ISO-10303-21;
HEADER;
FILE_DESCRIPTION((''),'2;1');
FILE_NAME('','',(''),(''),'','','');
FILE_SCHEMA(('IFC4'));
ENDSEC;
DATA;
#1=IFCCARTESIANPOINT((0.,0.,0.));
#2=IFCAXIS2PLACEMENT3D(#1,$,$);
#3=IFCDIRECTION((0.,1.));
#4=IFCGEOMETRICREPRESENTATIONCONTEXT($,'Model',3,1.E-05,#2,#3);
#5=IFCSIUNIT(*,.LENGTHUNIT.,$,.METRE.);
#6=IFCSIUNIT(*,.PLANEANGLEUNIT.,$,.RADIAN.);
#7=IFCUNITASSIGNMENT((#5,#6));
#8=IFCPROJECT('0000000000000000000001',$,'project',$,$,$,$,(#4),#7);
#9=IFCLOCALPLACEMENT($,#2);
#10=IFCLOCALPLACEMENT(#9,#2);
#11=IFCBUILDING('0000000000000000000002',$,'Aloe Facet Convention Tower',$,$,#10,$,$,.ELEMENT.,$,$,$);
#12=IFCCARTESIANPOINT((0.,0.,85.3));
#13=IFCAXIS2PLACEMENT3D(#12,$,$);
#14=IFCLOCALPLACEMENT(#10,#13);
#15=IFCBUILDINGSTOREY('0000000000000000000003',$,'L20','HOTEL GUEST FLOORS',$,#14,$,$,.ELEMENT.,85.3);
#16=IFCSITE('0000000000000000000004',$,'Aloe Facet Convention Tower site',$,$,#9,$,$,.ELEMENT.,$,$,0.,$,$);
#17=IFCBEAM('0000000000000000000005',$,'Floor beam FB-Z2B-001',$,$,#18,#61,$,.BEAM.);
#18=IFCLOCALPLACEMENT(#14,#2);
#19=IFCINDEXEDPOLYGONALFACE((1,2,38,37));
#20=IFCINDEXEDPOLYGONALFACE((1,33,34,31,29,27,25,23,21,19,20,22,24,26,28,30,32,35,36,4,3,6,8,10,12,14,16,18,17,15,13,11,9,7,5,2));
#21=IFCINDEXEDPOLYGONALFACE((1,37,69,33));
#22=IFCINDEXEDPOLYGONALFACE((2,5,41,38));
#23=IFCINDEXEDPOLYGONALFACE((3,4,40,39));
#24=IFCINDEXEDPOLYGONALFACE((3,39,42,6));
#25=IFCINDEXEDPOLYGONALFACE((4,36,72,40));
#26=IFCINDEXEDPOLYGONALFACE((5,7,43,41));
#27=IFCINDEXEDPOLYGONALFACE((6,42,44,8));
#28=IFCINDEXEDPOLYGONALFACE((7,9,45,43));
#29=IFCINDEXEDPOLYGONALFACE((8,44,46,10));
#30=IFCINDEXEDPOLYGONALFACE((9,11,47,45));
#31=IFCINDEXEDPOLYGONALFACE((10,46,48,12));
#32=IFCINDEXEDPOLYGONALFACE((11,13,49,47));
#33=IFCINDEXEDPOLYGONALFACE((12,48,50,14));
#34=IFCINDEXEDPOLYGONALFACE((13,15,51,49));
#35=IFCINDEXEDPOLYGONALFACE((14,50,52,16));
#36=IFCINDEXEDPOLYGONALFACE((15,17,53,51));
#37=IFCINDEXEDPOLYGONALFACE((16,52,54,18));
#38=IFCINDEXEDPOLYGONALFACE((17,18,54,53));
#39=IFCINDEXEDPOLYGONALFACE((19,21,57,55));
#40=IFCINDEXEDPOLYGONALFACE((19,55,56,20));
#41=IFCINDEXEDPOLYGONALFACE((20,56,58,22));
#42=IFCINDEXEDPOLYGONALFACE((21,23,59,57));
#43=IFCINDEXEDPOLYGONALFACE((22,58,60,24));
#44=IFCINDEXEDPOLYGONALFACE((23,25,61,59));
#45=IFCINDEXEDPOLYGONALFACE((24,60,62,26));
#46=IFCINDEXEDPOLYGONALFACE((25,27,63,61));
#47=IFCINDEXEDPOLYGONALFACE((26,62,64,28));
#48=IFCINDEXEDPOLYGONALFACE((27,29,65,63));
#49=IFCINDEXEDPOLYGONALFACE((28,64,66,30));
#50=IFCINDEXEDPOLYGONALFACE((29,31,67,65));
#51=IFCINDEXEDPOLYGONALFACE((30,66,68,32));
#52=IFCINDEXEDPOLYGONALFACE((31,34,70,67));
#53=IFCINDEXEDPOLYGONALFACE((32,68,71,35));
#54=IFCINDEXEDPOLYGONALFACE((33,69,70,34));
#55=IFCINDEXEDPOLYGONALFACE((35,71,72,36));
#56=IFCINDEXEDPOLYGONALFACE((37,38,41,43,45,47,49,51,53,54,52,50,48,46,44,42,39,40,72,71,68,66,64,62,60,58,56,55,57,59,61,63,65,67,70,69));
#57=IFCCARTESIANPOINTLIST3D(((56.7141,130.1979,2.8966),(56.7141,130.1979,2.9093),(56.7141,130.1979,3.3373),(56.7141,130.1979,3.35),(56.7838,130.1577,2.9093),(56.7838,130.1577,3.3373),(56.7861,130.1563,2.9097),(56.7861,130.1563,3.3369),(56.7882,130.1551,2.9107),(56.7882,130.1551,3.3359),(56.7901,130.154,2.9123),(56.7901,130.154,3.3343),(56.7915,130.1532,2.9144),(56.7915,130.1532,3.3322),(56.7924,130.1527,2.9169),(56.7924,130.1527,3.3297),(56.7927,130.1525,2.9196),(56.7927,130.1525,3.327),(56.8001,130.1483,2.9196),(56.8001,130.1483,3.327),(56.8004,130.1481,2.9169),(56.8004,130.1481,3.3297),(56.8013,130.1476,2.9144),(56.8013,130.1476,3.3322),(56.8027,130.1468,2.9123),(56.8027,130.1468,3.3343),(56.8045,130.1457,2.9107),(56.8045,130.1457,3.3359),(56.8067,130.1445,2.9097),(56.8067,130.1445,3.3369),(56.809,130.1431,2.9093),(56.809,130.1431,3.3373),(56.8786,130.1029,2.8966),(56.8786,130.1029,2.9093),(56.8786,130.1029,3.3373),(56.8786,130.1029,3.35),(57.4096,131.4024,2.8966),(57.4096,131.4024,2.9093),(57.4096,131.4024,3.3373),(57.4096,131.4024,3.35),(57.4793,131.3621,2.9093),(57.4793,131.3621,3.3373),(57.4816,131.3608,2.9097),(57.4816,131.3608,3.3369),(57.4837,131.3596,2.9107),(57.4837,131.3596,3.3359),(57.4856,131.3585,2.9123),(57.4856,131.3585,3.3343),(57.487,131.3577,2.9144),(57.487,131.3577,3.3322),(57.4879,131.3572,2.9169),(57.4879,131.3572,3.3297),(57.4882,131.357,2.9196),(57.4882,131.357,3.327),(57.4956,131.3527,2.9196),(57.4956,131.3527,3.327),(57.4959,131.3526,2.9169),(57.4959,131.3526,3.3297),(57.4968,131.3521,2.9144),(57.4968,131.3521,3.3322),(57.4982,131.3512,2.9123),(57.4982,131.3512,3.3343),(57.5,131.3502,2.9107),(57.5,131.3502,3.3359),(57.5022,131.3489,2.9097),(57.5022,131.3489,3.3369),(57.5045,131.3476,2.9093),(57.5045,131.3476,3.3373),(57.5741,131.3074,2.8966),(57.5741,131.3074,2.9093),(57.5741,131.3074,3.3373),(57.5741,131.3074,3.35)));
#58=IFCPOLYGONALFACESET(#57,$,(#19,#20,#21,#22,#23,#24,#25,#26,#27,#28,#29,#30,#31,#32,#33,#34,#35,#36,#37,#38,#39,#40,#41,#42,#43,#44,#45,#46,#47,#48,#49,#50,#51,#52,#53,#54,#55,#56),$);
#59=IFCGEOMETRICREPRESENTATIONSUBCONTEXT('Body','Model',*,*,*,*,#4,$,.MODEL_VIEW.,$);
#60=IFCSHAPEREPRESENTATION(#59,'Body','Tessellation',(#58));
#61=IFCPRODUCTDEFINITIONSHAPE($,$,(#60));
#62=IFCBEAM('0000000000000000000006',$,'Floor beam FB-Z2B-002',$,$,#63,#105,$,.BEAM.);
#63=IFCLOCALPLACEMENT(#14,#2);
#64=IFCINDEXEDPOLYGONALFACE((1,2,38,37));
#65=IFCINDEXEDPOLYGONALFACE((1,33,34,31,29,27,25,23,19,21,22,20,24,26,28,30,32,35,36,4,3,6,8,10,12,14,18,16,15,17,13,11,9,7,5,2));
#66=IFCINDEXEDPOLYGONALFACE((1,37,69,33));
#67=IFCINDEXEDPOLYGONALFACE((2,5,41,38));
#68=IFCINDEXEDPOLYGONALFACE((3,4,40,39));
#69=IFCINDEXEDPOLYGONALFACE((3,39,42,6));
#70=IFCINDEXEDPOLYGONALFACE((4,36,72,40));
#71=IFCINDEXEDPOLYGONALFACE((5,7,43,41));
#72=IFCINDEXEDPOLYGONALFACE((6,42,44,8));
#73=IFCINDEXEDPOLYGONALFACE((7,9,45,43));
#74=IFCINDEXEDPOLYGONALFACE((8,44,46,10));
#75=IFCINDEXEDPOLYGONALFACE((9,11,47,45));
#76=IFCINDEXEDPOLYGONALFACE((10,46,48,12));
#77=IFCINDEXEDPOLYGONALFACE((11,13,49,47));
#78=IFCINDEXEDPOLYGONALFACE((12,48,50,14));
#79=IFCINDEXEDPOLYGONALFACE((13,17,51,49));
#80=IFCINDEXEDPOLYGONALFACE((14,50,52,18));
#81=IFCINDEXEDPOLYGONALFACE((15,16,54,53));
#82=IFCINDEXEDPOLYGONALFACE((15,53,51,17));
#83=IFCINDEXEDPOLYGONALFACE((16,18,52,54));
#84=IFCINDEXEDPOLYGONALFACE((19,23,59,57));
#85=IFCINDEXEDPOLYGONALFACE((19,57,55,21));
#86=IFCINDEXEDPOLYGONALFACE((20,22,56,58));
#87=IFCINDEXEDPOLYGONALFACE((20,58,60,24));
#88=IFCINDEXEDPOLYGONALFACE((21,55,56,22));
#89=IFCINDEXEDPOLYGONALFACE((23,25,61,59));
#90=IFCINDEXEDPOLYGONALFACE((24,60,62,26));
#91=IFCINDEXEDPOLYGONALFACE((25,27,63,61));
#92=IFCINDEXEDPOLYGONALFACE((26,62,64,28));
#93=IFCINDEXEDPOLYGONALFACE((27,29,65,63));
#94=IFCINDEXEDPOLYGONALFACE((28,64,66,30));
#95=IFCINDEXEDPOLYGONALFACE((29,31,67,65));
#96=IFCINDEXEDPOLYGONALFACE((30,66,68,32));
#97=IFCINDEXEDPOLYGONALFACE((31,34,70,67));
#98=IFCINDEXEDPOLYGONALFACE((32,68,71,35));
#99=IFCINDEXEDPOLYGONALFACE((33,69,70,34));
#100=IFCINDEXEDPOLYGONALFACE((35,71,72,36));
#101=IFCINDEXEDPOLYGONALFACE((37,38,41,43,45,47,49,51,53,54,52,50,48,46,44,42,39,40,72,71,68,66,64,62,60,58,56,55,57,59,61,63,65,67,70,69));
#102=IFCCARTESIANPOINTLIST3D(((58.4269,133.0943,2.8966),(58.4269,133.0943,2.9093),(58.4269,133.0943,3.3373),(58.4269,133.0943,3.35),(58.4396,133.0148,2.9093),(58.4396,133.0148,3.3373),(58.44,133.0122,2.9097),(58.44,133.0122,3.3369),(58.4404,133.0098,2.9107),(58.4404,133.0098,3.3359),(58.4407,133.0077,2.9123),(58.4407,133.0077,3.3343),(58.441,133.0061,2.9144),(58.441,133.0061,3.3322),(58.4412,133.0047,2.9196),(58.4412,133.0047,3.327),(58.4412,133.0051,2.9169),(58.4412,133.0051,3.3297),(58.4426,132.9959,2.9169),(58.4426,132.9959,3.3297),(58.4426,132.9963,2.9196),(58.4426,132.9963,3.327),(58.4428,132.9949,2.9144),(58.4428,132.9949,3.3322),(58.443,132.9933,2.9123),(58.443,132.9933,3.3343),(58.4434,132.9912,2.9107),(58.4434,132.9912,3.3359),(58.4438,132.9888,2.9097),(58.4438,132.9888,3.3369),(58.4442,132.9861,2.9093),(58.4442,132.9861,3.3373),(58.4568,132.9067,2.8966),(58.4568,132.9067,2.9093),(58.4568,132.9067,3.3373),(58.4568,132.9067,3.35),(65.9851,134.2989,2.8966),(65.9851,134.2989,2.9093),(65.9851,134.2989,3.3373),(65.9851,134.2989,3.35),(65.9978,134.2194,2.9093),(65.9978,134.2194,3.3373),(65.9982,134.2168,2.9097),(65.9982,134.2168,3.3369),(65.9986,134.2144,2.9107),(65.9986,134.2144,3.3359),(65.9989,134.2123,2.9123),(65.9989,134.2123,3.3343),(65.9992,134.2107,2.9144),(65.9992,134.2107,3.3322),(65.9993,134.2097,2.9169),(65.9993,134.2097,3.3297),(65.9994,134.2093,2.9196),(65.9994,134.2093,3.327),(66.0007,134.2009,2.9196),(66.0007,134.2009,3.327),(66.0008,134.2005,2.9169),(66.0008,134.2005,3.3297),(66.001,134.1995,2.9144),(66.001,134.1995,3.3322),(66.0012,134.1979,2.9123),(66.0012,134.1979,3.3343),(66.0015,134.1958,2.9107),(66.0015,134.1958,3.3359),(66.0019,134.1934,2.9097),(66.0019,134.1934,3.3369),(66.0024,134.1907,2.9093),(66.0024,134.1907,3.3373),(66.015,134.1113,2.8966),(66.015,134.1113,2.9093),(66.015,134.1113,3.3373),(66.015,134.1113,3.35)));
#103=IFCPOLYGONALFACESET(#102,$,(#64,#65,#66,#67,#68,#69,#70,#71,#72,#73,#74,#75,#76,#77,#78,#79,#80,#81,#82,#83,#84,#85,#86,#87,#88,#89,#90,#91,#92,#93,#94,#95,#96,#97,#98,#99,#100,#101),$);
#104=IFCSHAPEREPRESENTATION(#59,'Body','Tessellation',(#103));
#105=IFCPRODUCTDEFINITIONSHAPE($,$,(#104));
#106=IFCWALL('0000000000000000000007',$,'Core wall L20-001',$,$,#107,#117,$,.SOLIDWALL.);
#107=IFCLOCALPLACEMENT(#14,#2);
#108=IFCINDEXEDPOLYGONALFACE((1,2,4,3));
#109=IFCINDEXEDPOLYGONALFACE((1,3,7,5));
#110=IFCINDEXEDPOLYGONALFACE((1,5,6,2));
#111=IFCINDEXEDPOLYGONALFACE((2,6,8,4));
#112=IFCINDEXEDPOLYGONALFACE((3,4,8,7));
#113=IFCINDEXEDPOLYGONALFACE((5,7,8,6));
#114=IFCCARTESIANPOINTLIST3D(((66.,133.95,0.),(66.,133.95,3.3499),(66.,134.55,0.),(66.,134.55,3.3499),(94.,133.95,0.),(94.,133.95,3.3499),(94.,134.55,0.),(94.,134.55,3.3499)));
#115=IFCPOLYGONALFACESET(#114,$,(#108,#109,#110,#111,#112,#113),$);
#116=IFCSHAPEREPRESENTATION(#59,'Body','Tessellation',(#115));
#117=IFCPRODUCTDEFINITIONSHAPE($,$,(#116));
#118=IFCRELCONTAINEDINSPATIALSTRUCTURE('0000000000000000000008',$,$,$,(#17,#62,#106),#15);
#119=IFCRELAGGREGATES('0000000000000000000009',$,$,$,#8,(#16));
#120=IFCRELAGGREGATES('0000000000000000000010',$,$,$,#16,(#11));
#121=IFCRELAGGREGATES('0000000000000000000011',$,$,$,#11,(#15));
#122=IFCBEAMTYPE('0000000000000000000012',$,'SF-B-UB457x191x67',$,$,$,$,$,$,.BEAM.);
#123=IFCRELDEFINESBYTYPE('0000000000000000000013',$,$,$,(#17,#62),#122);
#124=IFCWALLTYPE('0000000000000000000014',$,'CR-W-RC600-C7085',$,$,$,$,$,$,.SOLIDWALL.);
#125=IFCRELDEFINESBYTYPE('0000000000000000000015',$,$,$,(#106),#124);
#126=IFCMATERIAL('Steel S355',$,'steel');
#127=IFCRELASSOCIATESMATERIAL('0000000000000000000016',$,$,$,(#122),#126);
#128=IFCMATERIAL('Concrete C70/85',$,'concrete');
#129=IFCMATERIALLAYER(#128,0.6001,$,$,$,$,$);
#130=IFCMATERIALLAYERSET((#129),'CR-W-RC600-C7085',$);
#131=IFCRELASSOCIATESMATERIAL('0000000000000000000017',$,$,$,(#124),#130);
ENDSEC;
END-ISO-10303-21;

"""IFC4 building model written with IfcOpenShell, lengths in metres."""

from ifc_helpers import new_model, si_unit, direction, frame, frame_2d, origin, origin_2d, place, context, subcontext, project, spatial, rectangle, i_section, extrude, material, layer, layer_set, material_profile, profile_set, type_object, element, save


model = new_model("IFC4")

# Units and contexts
model_context = context("Model", 3, precision=1e-05, world=origin(), true_north=direction((0.0, 1.0)))
body_context = subcontext(model_context, "Body", "Model", "MODEL_VIEW")
ifc_project = project(units=[si_unit("LENGTHUNIT", "METRE"), si_unit("PLANEANGLEUNIT", "RADIAN")], contexts=[model_context])

# Site, building, storey
site_placement = place(None, origin())
site = spatial("IfcSite", under=ifc_project, at=site_placement, Name="Aloe Facet Convention Tower site", CompositionType="ELEMENT", RefElevation=0.0)
building_placement = place(site_placement, origin())
building = spatial("IfcBuilding", under=site, at=building_placement, Name="Aloe Facet Convention Tower", CompositionType="ELEMENT")
storey_placement = place(building_placement, frame((0.0, 0.0, 85.3)))
storey = spatial("IfcBuildingStorey", under=building, at=storey_placement, Name="L20", Description="HOTEL GUEST FLOORS", CompositionType="ELEMENT", Elevation=85.3)

# Beams
ifc_material_1 = material(Name="Steel S355", Category="steel")
ifc_material_profile_1 = material_profile(ifc_material_1, i_section(OverallWidth=0.1899, OverallDepth=0.4534, WebThickness=0.0085, FlangeThickness=0.0127, FilletRadius=0.0103, at=origin_2d()), Name="UB 457x191x67")
ifc_profile_set_1 = profile_set([ifc_material_profile_1], Name="Steel S355")
beam_type_1 = type_object("IfcBeamType", Name="SF-B-UB457x191x67", PredefinedType="BEAM", material=ifc_profile_set_1)
beam_1_placement = place(storey_placement, frame((56.7964, 130.1504, 3.1233), z_axis=(0.500047, 0.865999, 0.0), x_axis=(-0.865999, 0.500047, 0.0)))
element("IfcBeam", 1, at=beam_1_placement, inside=storey, type_object=beam_type_1, Name="Floor beam FB-Z2B-001", PredefinedType="BEAM", context=body_context, shape_type="SweptSolid", body=[
    extrude(i_section(OverallWidth=0.1899, OverallDepth=0.4534, WebThickness=0.0085, FlangeThickness=0.0127, FilletRadius=0.0103, at=origin_2d()), origin(), (0.0, 0.0, 1.0), 1.3909),
])
beam_2_placement = place(storey_placement, frame((58.4419, 133.0005, 3.1233), z_axis=(0.987536, 0.157391, 0.0), x_axis=(-0.157391, 0.987536, 0.0)))
element("IfcBeam", 2, at=beam_2_placement, inside=storey, type_object=beam_type_1, Name="Floor beam FB-Z2B-002", PredefinedType="BEAM", context=body_context, shape_type="SweptSolid", body=[
    extrude(i_section(OverallWidth=0.1899, OverallDepth=0.4534, WebThickness=0.0085, FlangeThickness=0.0127, FilletRadius=0.0103, at=origin_2d()), origin(), (0.0, 0.0, 1.0), 7.6536),
])

# Wall
ifc_material_2 = material(Name="Concrete C70/85", Category="concrete")
ifc_layer_1 = layer(ifc_material_2, 0.6001)
ifc_layer_set_1 = layer_set([ifc_layer_1], Name="CR-W-RC600-C7085")
wall_type_1 = type_object("IfcWallType", Name="CR-W-RC600-C7085", PredefinedType="SOLIDWALL", material=ifc_layer_set_1)
wall_1_placement = place(storey_placement, frame((66.0, 134.25, 0.0), z_axis=(0.0, 0.0, 1.0), x_axis=(1.0, 0.0, 0.0)))
element("IfcWall", 3, at=wall_1_placement, inside=storey, type_object=wall_type_1, Name="Core wall L20-001", PredefinedType="SOLIDWALL", context=body_context, shape_type="SweptSolid", body=[
    extrude(rectangle(XDim=28.0, YDim=0.6001, at=frame_2d((14.0, 0.0))), origin(), (0.0, 0.0, 1.0), 3.3499),
])

save(model, "model.ifc")
